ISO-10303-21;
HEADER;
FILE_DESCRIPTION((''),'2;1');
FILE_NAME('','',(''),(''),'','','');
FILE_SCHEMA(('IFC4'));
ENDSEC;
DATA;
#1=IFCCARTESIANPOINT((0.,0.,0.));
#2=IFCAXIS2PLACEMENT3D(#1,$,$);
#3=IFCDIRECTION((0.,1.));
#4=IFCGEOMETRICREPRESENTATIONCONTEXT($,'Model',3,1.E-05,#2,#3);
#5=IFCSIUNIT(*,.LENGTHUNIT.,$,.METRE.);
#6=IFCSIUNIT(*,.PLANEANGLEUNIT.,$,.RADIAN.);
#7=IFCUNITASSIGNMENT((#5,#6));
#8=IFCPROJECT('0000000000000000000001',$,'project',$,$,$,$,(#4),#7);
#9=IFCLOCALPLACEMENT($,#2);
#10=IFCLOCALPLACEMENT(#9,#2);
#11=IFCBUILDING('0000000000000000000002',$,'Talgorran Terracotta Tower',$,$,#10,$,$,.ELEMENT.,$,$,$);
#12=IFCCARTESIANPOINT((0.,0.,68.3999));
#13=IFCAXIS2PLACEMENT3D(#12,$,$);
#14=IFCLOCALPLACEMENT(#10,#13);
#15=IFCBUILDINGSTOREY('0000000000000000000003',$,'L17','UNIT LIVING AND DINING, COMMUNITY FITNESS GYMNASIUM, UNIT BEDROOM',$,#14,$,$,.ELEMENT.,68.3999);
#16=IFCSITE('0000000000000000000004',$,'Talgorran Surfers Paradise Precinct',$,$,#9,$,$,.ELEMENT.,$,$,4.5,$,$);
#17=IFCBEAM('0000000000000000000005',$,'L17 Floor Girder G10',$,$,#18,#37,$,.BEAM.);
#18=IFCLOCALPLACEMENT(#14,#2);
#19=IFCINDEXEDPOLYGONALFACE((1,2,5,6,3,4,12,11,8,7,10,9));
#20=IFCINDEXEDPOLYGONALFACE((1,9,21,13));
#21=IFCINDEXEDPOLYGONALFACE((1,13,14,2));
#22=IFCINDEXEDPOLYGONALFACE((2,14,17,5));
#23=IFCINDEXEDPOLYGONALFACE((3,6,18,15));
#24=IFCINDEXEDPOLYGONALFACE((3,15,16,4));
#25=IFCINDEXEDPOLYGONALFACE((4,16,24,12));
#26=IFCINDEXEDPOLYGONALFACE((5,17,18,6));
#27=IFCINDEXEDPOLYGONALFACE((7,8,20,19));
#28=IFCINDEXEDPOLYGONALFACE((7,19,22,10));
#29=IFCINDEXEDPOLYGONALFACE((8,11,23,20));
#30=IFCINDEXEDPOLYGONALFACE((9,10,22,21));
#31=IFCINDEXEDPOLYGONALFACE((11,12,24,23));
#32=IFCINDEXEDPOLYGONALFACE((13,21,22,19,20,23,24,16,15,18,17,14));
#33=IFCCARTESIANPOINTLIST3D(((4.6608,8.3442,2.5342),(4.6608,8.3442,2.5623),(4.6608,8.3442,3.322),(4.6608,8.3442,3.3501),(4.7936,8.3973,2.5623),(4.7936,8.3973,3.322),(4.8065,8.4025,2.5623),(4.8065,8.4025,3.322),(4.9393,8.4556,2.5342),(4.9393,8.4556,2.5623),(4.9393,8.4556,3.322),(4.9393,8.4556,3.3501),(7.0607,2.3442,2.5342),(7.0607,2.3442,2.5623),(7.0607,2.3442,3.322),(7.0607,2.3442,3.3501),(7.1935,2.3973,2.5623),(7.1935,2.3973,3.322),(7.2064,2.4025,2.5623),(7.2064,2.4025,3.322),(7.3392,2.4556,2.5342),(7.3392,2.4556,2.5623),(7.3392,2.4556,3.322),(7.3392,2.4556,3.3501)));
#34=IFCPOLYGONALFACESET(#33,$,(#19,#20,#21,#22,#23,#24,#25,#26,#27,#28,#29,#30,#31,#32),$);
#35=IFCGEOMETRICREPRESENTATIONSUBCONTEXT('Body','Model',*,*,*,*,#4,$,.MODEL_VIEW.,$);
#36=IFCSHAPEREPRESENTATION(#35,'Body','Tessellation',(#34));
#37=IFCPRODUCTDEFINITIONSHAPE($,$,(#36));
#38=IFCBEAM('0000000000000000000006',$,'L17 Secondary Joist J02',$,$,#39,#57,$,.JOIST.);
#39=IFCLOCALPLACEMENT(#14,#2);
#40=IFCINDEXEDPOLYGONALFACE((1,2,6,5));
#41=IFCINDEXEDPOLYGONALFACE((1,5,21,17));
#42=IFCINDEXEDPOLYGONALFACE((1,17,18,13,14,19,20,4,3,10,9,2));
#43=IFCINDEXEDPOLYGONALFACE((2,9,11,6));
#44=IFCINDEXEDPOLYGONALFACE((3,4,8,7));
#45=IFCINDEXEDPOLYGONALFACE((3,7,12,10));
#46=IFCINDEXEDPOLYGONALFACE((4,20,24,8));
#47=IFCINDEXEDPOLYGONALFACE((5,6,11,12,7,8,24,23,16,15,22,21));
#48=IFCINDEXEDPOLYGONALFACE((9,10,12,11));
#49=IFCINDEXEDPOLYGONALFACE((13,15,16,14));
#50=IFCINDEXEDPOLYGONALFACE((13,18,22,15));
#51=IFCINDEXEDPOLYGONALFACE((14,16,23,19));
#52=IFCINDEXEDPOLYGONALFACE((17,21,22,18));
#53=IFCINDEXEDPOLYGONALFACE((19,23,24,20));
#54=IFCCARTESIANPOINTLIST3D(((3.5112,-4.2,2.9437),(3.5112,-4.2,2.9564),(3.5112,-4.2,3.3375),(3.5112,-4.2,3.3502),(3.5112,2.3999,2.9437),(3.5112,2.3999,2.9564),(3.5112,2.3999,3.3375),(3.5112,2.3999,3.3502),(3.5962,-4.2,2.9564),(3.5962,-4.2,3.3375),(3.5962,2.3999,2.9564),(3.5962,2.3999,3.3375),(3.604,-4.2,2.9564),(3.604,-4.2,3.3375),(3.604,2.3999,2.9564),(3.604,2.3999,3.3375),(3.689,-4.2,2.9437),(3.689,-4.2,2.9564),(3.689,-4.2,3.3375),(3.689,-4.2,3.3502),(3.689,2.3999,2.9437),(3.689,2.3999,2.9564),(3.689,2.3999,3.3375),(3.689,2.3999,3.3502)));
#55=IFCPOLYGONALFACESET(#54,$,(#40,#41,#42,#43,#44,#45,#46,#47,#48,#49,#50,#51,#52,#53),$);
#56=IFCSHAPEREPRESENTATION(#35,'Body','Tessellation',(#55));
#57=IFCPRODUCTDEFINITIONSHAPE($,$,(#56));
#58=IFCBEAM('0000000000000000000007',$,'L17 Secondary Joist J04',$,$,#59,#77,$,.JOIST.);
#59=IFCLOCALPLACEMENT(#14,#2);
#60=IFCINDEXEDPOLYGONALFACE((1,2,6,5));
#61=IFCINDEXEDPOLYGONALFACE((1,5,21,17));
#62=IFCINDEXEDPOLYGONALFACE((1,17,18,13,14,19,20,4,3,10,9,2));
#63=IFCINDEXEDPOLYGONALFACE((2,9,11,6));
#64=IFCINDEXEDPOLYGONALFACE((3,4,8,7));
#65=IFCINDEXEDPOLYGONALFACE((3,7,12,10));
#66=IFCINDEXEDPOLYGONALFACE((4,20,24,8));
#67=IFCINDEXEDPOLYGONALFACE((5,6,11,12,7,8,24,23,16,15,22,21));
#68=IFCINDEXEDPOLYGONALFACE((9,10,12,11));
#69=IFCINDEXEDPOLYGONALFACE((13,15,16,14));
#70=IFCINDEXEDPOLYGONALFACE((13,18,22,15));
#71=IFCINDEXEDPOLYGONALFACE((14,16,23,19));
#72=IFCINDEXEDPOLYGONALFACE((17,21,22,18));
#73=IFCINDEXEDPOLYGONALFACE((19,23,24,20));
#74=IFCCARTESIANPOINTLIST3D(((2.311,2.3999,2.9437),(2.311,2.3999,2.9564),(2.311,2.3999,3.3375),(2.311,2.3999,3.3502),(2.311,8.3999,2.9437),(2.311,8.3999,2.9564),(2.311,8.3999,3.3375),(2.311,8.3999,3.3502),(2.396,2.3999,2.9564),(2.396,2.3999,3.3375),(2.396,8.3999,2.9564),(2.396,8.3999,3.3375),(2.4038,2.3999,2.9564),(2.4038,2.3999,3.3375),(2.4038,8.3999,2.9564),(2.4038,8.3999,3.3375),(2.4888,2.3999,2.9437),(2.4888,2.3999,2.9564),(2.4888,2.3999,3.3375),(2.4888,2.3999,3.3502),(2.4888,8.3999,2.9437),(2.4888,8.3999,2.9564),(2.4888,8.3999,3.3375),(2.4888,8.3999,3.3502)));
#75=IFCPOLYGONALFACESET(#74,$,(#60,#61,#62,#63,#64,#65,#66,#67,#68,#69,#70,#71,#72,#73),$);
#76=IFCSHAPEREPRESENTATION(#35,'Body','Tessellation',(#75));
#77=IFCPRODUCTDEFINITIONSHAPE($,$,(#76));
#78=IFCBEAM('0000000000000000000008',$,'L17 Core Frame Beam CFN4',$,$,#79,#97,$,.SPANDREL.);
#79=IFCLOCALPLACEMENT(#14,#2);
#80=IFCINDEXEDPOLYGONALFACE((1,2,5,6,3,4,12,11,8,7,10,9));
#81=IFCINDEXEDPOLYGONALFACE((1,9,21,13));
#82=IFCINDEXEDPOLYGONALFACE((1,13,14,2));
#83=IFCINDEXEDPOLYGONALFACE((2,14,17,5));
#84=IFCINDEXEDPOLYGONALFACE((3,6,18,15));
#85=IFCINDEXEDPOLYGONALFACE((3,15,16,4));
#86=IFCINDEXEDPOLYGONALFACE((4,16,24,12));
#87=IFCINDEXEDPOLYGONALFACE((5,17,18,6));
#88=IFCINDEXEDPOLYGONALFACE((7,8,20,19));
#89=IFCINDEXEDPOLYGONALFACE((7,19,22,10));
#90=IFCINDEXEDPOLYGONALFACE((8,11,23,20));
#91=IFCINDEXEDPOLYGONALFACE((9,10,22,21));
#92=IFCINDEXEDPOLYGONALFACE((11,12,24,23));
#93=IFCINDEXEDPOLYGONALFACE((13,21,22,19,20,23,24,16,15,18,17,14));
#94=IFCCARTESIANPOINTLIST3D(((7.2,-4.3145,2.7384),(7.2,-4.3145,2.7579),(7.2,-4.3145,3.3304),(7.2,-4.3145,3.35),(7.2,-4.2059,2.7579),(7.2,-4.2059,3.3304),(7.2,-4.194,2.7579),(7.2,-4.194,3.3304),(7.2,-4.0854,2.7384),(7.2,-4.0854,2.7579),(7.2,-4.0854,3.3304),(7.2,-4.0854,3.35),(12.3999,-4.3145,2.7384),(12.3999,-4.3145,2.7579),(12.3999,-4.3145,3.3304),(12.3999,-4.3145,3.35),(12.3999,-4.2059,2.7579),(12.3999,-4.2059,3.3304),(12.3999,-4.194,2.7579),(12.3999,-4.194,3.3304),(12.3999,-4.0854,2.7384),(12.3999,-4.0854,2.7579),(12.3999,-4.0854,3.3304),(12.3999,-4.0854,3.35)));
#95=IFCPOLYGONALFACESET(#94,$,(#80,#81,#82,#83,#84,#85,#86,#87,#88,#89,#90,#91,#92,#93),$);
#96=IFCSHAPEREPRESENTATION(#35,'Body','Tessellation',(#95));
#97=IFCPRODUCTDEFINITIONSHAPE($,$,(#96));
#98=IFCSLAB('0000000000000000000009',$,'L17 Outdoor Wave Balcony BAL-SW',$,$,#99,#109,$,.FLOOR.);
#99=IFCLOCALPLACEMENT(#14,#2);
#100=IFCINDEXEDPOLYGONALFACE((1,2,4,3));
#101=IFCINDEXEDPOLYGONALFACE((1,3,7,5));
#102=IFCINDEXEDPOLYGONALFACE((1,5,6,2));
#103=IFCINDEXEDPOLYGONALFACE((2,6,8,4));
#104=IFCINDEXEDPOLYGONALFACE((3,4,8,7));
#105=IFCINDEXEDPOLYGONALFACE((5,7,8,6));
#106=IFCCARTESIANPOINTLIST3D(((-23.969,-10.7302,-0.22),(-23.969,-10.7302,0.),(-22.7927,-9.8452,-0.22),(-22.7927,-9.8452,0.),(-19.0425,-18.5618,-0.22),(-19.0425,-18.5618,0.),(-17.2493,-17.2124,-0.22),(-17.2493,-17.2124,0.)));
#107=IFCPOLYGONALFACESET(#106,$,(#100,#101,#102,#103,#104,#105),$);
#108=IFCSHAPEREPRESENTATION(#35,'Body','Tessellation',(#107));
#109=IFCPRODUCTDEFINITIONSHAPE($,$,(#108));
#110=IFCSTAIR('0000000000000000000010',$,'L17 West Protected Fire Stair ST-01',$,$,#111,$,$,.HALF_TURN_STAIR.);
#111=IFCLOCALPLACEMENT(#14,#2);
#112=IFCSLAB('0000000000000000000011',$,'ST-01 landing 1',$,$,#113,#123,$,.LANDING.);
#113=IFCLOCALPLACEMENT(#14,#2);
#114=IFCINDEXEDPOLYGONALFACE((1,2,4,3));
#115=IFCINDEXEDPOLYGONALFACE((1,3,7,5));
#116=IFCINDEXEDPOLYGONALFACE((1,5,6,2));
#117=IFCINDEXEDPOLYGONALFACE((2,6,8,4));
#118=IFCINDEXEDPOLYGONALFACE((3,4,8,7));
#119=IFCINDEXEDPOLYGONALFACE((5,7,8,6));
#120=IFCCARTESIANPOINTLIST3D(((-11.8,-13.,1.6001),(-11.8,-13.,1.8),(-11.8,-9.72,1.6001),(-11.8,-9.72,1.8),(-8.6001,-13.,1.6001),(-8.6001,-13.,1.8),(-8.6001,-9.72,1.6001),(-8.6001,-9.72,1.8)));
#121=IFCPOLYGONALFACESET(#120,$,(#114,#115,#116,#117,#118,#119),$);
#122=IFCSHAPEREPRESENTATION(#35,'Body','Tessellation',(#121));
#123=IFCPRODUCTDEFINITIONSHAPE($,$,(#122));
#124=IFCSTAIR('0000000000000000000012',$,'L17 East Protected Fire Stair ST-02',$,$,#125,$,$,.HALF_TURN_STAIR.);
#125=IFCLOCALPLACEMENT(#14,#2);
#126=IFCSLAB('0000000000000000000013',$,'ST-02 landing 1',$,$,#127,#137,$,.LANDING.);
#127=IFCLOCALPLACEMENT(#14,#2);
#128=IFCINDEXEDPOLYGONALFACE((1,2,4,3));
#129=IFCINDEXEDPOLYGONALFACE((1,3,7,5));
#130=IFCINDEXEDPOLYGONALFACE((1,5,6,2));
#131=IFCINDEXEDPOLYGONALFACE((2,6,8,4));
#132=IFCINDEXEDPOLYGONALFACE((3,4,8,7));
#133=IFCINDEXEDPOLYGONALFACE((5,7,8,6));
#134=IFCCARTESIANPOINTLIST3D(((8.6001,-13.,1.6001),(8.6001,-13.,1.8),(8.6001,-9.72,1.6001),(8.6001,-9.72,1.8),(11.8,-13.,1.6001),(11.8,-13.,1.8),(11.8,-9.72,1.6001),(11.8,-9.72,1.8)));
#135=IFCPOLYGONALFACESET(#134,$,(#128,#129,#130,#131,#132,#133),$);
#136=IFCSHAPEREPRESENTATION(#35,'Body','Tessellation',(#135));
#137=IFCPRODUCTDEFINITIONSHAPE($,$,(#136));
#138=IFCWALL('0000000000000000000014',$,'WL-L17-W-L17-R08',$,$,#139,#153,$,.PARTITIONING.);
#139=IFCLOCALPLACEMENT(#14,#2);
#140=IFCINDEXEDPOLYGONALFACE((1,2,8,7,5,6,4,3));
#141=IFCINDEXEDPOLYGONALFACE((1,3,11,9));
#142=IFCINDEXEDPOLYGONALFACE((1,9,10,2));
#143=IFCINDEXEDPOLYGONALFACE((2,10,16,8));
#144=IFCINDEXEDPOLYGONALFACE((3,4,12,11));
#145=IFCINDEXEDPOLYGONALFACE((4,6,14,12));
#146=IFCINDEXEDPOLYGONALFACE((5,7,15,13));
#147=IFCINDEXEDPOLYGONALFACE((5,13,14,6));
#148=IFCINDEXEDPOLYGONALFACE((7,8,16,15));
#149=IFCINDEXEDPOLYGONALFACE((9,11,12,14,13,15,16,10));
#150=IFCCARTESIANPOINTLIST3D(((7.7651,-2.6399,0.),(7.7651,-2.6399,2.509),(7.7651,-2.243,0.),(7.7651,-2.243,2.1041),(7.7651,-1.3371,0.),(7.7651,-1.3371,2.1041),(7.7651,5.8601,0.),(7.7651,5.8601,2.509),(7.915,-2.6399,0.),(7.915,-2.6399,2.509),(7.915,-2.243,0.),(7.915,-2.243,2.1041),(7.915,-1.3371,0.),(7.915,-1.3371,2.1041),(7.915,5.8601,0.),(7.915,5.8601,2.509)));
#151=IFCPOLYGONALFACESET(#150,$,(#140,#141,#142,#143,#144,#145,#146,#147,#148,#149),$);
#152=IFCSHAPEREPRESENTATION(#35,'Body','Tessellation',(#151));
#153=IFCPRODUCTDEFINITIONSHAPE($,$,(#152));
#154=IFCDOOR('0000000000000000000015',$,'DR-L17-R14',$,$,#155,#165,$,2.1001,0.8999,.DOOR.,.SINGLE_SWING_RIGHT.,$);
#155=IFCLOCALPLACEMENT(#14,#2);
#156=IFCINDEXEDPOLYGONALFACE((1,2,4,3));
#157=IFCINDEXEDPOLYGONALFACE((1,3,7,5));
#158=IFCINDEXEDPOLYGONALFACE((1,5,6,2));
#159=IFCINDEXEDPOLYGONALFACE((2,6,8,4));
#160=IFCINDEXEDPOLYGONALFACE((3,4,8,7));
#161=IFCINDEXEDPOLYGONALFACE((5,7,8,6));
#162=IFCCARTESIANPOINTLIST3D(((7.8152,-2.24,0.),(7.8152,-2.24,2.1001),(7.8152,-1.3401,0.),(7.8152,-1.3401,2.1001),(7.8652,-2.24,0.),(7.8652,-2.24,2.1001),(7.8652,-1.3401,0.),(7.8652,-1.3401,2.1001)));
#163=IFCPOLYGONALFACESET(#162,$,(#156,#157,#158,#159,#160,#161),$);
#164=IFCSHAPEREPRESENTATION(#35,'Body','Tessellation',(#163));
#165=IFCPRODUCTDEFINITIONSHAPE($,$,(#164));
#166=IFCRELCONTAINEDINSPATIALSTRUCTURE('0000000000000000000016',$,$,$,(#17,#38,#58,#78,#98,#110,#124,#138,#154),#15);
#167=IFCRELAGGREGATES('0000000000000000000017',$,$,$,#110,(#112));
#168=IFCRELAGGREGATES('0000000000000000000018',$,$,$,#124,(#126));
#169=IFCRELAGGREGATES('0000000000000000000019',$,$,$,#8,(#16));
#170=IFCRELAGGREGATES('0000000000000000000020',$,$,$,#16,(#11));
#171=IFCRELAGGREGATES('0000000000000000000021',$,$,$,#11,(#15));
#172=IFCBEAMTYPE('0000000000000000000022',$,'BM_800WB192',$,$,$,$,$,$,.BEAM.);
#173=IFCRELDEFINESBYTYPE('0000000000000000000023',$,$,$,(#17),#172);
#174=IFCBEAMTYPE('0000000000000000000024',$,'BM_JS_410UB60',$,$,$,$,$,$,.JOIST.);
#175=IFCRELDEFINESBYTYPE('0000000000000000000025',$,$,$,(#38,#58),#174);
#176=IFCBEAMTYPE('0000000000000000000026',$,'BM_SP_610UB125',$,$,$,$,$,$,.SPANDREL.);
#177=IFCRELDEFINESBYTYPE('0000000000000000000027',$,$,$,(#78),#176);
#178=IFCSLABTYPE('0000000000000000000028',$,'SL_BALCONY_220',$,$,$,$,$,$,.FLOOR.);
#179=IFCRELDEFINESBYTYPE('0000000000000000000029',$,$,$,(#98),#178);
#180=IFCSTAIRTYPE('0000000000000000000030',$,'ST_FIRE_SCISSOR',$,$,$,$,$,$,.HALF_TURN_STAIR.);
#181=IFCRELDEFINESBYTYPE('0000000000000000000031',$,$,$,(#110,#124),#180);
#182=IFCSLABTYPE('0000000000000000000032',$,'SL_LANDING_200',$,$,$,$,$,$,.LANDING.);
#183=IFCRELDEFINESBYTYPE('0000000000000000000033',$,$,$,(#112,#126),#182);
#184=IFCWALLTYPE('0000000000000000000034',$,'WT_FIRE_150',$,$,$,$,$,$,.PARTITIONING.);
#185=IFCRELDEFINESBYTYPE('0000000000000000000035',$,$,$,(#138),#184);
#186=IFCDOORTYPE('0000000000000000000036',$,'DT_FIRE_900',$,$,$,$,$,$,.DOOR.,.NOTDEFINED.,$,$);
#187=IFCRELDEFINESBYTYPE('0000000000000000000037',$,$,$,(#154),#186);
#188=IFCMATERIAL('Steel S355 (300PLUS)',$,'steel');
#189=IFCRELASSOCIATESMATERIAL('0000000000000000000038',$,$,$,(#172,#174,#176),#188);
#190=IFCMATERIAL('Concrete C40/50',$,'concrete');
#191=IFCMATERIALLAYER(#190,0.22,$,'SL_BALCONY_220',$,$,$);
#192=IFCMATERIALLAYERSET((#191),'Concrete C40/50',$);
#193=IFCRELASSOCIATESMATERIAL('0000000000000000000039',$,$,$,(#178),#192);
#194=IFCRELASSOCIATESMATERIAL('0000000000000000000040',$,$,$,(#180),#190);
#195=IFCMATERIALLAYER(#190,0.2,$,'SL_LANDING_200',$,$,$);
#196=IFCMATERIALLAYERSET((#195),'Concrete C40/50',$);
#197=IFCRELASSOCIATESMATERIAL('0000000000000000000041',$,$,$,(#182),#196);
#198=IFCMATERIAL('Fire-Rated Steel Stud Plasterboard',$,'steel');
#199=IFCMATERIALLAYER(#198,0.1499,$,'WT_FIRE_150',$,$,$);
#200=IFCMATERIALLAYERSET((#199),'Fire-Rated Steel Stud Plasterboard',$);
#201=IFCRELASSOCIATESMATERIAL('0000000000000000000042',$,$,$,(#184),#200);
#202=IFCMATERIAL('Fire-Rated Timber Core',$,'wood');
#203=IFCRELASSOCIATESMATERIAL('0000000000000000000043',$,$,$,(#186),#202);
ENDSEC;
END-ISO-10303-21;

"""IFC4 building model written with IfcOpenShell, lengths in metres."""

from ifc_helpers import new_model, si_unit, direction, frame, frame_2d, origin, origin_2d, place, context, subcontext, project, spatial, polyline, rectangle, i_section, outline, extrude, material, layer, layer_set, material_profile, profile_set, type_object, element, fill, aggregate, save


model = new_model("IFC4")

# Units and contexts
model_context = context("Model", 3, precision=1e-05, world=origin(), true_north=direction((0.0, 1.0)))
body_context = subcontext(model_context, "Body", "Model", "MODEL_VIEW")
ifc_project = project(units=[si_unit("LENGTHUNIT", "METRE"), si_unit("PLANEANGLEUNIT", "RADIAN")], contexts=[model_context])

# Site, building, storey
site_placement = place(None, origin())
site = spatial("IfcSite", under=ifc_project, at=site_placement, Name="Talgorran Surfers Paradise Precinct", CompositionType="ELEMENT", RefElevation=4.5)
building_placement = place(site_placement, origin())
building = spatial("IfcBuilding", under=site, at=building_placement, Name="Talgorran Terracotta Tower", CompositionType="ELEMENT")
storey_placement = place(building_placement, frame((0.0, 0.0, 68.3999)))
storey = spatial("IfcBuildingStorey", under=building, at=storey_placement, Name="L17", Description="UNIT LIVING AND DINING, COMMUNITY FITNESS GYMNASIUM, UNIT BEDROOM", CompositionType="ELEMENT", Elevation=68.3999)

# Shared definitions
ifc_material_1 = material(Name="Steel S355 (300PLUS)", Category="steel")

# Beams
ifc_material_profile_1 = material_profile(ifc_material_1, i_section(OverallWidth=0.3, OverallDepth=0.8159, WebThickness=0.0139, FlangeThickness=0.0281, at=origin_2d()), Name="800WB192")
ifc_profile_set_1 = profile_set([ifc_material_profile_1], Name="Steel S355 (300PLUS)")
beam_type_1 = type_object("IfcBeamType", Name="BM_800WB192", PredefinedType="BEAM", material=ifc_profile_set_1)
beam_1_placement = place(storey_placement, frame((7.2, 2.3999, 2.9421), z_axis=(-0.371378, 0.928482, 0.0), x_axis=(-0.928482, -0.371378, 0.0)))
element("IfcBeam", 1, at=beam_1_placement, inside=storey, type_object=beam_type_1, Name="L17 Floor Girder G10", PredefinedType="BEAM", context=body_context, shape_type="SweptSolid", body=[
    extrude(i_section(OverallWidth=0.3, OverallDepth=0.8159, WebThickness=0.0139, FlangeThickness=0.0281, at=origin_2d()), origin(), (0.0, 0.0, 1.0), 6.4622),
])
ifc_material_profile_2 = material_profile(ifc_material_1, i_section(OverallWidth=0.1777, OverallDepth=0.4065, WebThickness=0.0078, FlangeThickness=0.0127, at=origin_2d()), Name="410UB59.7")
ifc_profile_set_2 = profile_set([ifc_material_profile_2], Name="Steel S355 (300PLUS)")
beam_type_2 = type_object("IfcBeamType", Name="BM_JS_410UB60", PredefinedType="JOIST", material=ifc_profile_set_2)
beam_2_placement = place(storey_placement, frame((3.6001, -4.2, 3.147), z_axis=(0.0, 1.0, 0.0), x_axis=(-1.0, 0.0, 0.0)))
element("IfcBeam", 2, at=beam_2_placement, inside=storey, type_object=beam_type_2, Name="L17 Secondary Joist J02", PredefinedType="JOIST", context=body_context, shape_type="SweptSolid", body=[
    extrude(i_section(OverallWidth=0.1777, OverallDepth=0.4065, WebThickness=0.0078, FlangeThickness=0.0127, at=origin_2d()), origin(), (0.0, 0.0, 1.0), 6.5999),
])
beam_3_placement = place(storey_placement, frame((2.3999, 2.3999, 3.147), z_axis=(0.0, 1.0, 0.0), x_axis=(-1.0, 0.0, 0.0)))
element("IfcBeam", 3, at=beam_3_placement, inside=storey, type_object=beam_type_2, Name="L17 Secondary Joist J04", PredefinedType="JOIST", context=body_context, shape_type="SweptSolid", body=[
    extrude(i_section(OverallWidth=0.1777, OverallDepth=0.4065, WebThickness=0.0078, FlangeThickness=0.0127, at=origin_2d()), origin(), (0.0, 0.0, 1.0), 6.0),
])
ifc_material_profile_3 = material_profile(ifc_material_1, i_section(OverallWidth=0.229, OverallDepth=0.6116, WebThickness=0.012, FlangeThickness=0.0195, at=origin_2d()), Name="610UB125")
ifc_profile_set_3 = profile_set([ifc_material_profile_3], Name="Steel S355 (300PLUS)")
beam_type_3 = type_object("IfcBeamType", Name="BM_SP_610UB125", PredefinedType="SPANDREL", material=ifc_profile_set_3)
beam_4_placement = place(storey_placement, frame((7.2, -4.2, 3.0442), z_axis=(1.0, 0.0, 0.0), x_axis=(0.0, 1.0, 0.0)))
element("IfcBeam", 4, at=beam_4_placement, inside=storey, type_object=beam_type_3, Name="L17 Core Frame Beam CFN4", PredefinedType="SPANDREL", context=body_context, shape_type="SweptSolid", body=[
    extrude(i_section(OverallWidth=0.229, OverallDepth=0.6116, WebThickness=0.012, FlangeThickness=0.0195, at=origin_2d()), origin(), (0.0, 0.0, 1.0), 5.2),
])

# Slab
ifc_material_2 = material(Name="Concrete C40/50", Category="concrete")
ifc_layer_1 = layer(ifc_material_2, 0.22, Name="SL_BALCONY_220")
ifc_layer_set_1 = layer_set([ifc_layer_1], Name="Concrete C40/50")
slab_type_1 = type_object("IfcSlabType", Name="SL_BALCONY_220", PredefinedType="FLOOR", material=ifc_layer_set_1)
slab_1_placement = place(storey_placement, frame((0.0, 0.0, -0.22)))
element("IfcSlab", 5, at=slab_1_placement, inside=storey, type_object=slab_type_1, Name="L17 Outdoor Wave Balcony BAL-SW", PredefinedType="FLOOR", context=body_context, shape_type="SweptSolid", body=[
    extrude(outline(polyline([(-17.2493, -17.2124), (-22.7927, -9.8452), (-23.969, -10.7302), (-19.0425, -18.5618), (-17.2493, -17.2124)])), origin(), (0.0, 0.0, 1.0), 0.22),
])

# Stairs, slabs
stair_type = type_object("IfcStairType", Name="ST_FIRE_SCISSOR", PredefinedType="HALF_TURN_STAIR", material=ifc_material_2)
stair_1_placement = place(storey_placement, origin())
stair_1 = element("IfcStair", 6, at=stair_1_placement, inside=storey, type_object=stair_type, Name="L17 West Protected Fire Stair ST-01", PredefinedType="HALF_TURN_STAIR")
ifc_layer_2 = layer(ifc_material_2, 0.2, Name="SL_LANDING_200")
ifc_layer_set_2 = layer_set([ifc_layer_2], Name="Concrete C40/50")
slab_type_2 = type_object("IfcSlabType", Name="SL_LANDING_200", PredefinedType="LANDING", material=ifc_layer_set_2)
slab_2_placement = place(storey_placement, frame((0.0, 0.0, 1.6001)))
slab_2 = element("IfcSlab", 7, at=slab_2_placement, type_object=slab_type_2, Name="ST-01 landing 1", PredefinedType="LANDING", context=body_context, shape_type="SweptSolid", body=[
    extrude(outline(polyline([(-11.8, -9.72), (-11.8, -13.0), (-8.6001, -13.0), (-8.6001, -9.72), (-11.8, -9.72)])), origin(), (0.0, 0.0, 1.0), 0.2),
])
aggregate(stair_1, [slab_2])
stair_2_placement = place(storey_placement, origin())
stair_2 = element("IfcStair", 8, at=stair_2_placement, inside=storey, type_object=stair_type, Name="L17 East Protected Fire Stair ST-02", PredefinedType="HALF_TURN_STAIR")
slab_3_placement = place(storey_placement, frame((0.0, 0.0, 1.6001)))
slab_3 = element("IfcSlab", 9, at=slab_3_placement, type_object=slab_type_2, Name="ST-02 landing 1", PredefinedType="LANDING", context=body_context, shape_type="SweptSolid", body=[
    extrude(outline(polyline([(8.6001, -9.72), (8.6001, -13.0), (11.8, -13.0), (11.8, -9.72), (8.6001, -9.72)])), origin(), (0.0, 0.0, 1.0), 0.2),
])
aggregate(stair_2, [slab_3])

# Wall, opening, door
ifc_material_3 = material(Name="Fire-Rated Steel Stud Plasterboard", Category="steel")
ifc_layer_3 = layer(ifc_material_3, 0.1499, Name="WT_FIRE_150")
ifc_layer_set_3 = layer_set([ifc_layer_3], Name="Fire-Rated Steel Stud Plasterboard")
wall_type_1 = type_object("IfcWallType", Name="WT_FIRE_150", PredefinedType="PARTITIONING", material=ifc_layer_set_3)
wall_1_placement = place(storey_placement, frame((7.8401, -2.6399, 0.0), z_axis=(0.0, 0.0, 1.0), x_axis=(0.0, 1.0, 0.0)))
wall_1 = element("IfcWall", 10, at=wall_1_placement, inside=storey, type_object=wall_type_1, Name="WL-L17-W-L17-R08", PredefinedType="PARTITIONING", context=body_context, shape_type="SweptSolid", body=[
    extrude(rectangle(XDim=8.5, YDim=0.1499, at=frame_2d((4.25, 0.0))), origin(), (0.0, 0.0, 1.0), 2.509),
])
opening_1_placement = place(wall_1_placement, frame((0.3999, 0.0, 0.0)))
opening_1 = element("IfcOpeningElement", 11, at=opening_1_placement, cuts=wall_1, PredefinedType="OPENING", context=body_context, shape_type="SweptSolid", body=[
    extrude(rectangle(XDim=0.9059, YDim=2.1041, at=frame_2d((0.45, 1.052))), frame((0.0, 0.085, 0.0), z_axis=(0.0, -1.0, 0.0), x_axis=(1.0, 0.0, 0.0)), (0.0, 0.0, 1.0), 0.1699),
])
ifc_material_4 = material(Name="Fire-Rated Timber Core", Category="wood")
door_type = type_object("IfcDoorType", Name="DT_FIRE_900", OperationType="NOTDEFINED", PredefinedType="DOOR", material=ifc_material_4)
door_1_placement = place(opening_1_placement, origin())
door_1 = element("IfcDoor", 12, at=door_1_placement, inside=storey, type_object=door_type, Name="DR-L17-R14", OperationType="SINGLE_SWING_RIGHT", OverallHeight=2.1001, OverallWidth=0.8999, PredefinedType="DOOR", context=body_context, shape_type="SweptSolid", body=[
    extrude(rectangle(XDim=0.8999, YDim=2.1001, at=frame_2d((0.45, 1.05))), frame((0.0, 0.0249, 0.0), z_axis=(0.0, -1.0, 0.0), x_axis=(1.0, 0.0, 0.0)), (0.0, 0.0, 1.0), 0.05),
])
fill(opening_1, door_1)

save(model, "model.ifc")
